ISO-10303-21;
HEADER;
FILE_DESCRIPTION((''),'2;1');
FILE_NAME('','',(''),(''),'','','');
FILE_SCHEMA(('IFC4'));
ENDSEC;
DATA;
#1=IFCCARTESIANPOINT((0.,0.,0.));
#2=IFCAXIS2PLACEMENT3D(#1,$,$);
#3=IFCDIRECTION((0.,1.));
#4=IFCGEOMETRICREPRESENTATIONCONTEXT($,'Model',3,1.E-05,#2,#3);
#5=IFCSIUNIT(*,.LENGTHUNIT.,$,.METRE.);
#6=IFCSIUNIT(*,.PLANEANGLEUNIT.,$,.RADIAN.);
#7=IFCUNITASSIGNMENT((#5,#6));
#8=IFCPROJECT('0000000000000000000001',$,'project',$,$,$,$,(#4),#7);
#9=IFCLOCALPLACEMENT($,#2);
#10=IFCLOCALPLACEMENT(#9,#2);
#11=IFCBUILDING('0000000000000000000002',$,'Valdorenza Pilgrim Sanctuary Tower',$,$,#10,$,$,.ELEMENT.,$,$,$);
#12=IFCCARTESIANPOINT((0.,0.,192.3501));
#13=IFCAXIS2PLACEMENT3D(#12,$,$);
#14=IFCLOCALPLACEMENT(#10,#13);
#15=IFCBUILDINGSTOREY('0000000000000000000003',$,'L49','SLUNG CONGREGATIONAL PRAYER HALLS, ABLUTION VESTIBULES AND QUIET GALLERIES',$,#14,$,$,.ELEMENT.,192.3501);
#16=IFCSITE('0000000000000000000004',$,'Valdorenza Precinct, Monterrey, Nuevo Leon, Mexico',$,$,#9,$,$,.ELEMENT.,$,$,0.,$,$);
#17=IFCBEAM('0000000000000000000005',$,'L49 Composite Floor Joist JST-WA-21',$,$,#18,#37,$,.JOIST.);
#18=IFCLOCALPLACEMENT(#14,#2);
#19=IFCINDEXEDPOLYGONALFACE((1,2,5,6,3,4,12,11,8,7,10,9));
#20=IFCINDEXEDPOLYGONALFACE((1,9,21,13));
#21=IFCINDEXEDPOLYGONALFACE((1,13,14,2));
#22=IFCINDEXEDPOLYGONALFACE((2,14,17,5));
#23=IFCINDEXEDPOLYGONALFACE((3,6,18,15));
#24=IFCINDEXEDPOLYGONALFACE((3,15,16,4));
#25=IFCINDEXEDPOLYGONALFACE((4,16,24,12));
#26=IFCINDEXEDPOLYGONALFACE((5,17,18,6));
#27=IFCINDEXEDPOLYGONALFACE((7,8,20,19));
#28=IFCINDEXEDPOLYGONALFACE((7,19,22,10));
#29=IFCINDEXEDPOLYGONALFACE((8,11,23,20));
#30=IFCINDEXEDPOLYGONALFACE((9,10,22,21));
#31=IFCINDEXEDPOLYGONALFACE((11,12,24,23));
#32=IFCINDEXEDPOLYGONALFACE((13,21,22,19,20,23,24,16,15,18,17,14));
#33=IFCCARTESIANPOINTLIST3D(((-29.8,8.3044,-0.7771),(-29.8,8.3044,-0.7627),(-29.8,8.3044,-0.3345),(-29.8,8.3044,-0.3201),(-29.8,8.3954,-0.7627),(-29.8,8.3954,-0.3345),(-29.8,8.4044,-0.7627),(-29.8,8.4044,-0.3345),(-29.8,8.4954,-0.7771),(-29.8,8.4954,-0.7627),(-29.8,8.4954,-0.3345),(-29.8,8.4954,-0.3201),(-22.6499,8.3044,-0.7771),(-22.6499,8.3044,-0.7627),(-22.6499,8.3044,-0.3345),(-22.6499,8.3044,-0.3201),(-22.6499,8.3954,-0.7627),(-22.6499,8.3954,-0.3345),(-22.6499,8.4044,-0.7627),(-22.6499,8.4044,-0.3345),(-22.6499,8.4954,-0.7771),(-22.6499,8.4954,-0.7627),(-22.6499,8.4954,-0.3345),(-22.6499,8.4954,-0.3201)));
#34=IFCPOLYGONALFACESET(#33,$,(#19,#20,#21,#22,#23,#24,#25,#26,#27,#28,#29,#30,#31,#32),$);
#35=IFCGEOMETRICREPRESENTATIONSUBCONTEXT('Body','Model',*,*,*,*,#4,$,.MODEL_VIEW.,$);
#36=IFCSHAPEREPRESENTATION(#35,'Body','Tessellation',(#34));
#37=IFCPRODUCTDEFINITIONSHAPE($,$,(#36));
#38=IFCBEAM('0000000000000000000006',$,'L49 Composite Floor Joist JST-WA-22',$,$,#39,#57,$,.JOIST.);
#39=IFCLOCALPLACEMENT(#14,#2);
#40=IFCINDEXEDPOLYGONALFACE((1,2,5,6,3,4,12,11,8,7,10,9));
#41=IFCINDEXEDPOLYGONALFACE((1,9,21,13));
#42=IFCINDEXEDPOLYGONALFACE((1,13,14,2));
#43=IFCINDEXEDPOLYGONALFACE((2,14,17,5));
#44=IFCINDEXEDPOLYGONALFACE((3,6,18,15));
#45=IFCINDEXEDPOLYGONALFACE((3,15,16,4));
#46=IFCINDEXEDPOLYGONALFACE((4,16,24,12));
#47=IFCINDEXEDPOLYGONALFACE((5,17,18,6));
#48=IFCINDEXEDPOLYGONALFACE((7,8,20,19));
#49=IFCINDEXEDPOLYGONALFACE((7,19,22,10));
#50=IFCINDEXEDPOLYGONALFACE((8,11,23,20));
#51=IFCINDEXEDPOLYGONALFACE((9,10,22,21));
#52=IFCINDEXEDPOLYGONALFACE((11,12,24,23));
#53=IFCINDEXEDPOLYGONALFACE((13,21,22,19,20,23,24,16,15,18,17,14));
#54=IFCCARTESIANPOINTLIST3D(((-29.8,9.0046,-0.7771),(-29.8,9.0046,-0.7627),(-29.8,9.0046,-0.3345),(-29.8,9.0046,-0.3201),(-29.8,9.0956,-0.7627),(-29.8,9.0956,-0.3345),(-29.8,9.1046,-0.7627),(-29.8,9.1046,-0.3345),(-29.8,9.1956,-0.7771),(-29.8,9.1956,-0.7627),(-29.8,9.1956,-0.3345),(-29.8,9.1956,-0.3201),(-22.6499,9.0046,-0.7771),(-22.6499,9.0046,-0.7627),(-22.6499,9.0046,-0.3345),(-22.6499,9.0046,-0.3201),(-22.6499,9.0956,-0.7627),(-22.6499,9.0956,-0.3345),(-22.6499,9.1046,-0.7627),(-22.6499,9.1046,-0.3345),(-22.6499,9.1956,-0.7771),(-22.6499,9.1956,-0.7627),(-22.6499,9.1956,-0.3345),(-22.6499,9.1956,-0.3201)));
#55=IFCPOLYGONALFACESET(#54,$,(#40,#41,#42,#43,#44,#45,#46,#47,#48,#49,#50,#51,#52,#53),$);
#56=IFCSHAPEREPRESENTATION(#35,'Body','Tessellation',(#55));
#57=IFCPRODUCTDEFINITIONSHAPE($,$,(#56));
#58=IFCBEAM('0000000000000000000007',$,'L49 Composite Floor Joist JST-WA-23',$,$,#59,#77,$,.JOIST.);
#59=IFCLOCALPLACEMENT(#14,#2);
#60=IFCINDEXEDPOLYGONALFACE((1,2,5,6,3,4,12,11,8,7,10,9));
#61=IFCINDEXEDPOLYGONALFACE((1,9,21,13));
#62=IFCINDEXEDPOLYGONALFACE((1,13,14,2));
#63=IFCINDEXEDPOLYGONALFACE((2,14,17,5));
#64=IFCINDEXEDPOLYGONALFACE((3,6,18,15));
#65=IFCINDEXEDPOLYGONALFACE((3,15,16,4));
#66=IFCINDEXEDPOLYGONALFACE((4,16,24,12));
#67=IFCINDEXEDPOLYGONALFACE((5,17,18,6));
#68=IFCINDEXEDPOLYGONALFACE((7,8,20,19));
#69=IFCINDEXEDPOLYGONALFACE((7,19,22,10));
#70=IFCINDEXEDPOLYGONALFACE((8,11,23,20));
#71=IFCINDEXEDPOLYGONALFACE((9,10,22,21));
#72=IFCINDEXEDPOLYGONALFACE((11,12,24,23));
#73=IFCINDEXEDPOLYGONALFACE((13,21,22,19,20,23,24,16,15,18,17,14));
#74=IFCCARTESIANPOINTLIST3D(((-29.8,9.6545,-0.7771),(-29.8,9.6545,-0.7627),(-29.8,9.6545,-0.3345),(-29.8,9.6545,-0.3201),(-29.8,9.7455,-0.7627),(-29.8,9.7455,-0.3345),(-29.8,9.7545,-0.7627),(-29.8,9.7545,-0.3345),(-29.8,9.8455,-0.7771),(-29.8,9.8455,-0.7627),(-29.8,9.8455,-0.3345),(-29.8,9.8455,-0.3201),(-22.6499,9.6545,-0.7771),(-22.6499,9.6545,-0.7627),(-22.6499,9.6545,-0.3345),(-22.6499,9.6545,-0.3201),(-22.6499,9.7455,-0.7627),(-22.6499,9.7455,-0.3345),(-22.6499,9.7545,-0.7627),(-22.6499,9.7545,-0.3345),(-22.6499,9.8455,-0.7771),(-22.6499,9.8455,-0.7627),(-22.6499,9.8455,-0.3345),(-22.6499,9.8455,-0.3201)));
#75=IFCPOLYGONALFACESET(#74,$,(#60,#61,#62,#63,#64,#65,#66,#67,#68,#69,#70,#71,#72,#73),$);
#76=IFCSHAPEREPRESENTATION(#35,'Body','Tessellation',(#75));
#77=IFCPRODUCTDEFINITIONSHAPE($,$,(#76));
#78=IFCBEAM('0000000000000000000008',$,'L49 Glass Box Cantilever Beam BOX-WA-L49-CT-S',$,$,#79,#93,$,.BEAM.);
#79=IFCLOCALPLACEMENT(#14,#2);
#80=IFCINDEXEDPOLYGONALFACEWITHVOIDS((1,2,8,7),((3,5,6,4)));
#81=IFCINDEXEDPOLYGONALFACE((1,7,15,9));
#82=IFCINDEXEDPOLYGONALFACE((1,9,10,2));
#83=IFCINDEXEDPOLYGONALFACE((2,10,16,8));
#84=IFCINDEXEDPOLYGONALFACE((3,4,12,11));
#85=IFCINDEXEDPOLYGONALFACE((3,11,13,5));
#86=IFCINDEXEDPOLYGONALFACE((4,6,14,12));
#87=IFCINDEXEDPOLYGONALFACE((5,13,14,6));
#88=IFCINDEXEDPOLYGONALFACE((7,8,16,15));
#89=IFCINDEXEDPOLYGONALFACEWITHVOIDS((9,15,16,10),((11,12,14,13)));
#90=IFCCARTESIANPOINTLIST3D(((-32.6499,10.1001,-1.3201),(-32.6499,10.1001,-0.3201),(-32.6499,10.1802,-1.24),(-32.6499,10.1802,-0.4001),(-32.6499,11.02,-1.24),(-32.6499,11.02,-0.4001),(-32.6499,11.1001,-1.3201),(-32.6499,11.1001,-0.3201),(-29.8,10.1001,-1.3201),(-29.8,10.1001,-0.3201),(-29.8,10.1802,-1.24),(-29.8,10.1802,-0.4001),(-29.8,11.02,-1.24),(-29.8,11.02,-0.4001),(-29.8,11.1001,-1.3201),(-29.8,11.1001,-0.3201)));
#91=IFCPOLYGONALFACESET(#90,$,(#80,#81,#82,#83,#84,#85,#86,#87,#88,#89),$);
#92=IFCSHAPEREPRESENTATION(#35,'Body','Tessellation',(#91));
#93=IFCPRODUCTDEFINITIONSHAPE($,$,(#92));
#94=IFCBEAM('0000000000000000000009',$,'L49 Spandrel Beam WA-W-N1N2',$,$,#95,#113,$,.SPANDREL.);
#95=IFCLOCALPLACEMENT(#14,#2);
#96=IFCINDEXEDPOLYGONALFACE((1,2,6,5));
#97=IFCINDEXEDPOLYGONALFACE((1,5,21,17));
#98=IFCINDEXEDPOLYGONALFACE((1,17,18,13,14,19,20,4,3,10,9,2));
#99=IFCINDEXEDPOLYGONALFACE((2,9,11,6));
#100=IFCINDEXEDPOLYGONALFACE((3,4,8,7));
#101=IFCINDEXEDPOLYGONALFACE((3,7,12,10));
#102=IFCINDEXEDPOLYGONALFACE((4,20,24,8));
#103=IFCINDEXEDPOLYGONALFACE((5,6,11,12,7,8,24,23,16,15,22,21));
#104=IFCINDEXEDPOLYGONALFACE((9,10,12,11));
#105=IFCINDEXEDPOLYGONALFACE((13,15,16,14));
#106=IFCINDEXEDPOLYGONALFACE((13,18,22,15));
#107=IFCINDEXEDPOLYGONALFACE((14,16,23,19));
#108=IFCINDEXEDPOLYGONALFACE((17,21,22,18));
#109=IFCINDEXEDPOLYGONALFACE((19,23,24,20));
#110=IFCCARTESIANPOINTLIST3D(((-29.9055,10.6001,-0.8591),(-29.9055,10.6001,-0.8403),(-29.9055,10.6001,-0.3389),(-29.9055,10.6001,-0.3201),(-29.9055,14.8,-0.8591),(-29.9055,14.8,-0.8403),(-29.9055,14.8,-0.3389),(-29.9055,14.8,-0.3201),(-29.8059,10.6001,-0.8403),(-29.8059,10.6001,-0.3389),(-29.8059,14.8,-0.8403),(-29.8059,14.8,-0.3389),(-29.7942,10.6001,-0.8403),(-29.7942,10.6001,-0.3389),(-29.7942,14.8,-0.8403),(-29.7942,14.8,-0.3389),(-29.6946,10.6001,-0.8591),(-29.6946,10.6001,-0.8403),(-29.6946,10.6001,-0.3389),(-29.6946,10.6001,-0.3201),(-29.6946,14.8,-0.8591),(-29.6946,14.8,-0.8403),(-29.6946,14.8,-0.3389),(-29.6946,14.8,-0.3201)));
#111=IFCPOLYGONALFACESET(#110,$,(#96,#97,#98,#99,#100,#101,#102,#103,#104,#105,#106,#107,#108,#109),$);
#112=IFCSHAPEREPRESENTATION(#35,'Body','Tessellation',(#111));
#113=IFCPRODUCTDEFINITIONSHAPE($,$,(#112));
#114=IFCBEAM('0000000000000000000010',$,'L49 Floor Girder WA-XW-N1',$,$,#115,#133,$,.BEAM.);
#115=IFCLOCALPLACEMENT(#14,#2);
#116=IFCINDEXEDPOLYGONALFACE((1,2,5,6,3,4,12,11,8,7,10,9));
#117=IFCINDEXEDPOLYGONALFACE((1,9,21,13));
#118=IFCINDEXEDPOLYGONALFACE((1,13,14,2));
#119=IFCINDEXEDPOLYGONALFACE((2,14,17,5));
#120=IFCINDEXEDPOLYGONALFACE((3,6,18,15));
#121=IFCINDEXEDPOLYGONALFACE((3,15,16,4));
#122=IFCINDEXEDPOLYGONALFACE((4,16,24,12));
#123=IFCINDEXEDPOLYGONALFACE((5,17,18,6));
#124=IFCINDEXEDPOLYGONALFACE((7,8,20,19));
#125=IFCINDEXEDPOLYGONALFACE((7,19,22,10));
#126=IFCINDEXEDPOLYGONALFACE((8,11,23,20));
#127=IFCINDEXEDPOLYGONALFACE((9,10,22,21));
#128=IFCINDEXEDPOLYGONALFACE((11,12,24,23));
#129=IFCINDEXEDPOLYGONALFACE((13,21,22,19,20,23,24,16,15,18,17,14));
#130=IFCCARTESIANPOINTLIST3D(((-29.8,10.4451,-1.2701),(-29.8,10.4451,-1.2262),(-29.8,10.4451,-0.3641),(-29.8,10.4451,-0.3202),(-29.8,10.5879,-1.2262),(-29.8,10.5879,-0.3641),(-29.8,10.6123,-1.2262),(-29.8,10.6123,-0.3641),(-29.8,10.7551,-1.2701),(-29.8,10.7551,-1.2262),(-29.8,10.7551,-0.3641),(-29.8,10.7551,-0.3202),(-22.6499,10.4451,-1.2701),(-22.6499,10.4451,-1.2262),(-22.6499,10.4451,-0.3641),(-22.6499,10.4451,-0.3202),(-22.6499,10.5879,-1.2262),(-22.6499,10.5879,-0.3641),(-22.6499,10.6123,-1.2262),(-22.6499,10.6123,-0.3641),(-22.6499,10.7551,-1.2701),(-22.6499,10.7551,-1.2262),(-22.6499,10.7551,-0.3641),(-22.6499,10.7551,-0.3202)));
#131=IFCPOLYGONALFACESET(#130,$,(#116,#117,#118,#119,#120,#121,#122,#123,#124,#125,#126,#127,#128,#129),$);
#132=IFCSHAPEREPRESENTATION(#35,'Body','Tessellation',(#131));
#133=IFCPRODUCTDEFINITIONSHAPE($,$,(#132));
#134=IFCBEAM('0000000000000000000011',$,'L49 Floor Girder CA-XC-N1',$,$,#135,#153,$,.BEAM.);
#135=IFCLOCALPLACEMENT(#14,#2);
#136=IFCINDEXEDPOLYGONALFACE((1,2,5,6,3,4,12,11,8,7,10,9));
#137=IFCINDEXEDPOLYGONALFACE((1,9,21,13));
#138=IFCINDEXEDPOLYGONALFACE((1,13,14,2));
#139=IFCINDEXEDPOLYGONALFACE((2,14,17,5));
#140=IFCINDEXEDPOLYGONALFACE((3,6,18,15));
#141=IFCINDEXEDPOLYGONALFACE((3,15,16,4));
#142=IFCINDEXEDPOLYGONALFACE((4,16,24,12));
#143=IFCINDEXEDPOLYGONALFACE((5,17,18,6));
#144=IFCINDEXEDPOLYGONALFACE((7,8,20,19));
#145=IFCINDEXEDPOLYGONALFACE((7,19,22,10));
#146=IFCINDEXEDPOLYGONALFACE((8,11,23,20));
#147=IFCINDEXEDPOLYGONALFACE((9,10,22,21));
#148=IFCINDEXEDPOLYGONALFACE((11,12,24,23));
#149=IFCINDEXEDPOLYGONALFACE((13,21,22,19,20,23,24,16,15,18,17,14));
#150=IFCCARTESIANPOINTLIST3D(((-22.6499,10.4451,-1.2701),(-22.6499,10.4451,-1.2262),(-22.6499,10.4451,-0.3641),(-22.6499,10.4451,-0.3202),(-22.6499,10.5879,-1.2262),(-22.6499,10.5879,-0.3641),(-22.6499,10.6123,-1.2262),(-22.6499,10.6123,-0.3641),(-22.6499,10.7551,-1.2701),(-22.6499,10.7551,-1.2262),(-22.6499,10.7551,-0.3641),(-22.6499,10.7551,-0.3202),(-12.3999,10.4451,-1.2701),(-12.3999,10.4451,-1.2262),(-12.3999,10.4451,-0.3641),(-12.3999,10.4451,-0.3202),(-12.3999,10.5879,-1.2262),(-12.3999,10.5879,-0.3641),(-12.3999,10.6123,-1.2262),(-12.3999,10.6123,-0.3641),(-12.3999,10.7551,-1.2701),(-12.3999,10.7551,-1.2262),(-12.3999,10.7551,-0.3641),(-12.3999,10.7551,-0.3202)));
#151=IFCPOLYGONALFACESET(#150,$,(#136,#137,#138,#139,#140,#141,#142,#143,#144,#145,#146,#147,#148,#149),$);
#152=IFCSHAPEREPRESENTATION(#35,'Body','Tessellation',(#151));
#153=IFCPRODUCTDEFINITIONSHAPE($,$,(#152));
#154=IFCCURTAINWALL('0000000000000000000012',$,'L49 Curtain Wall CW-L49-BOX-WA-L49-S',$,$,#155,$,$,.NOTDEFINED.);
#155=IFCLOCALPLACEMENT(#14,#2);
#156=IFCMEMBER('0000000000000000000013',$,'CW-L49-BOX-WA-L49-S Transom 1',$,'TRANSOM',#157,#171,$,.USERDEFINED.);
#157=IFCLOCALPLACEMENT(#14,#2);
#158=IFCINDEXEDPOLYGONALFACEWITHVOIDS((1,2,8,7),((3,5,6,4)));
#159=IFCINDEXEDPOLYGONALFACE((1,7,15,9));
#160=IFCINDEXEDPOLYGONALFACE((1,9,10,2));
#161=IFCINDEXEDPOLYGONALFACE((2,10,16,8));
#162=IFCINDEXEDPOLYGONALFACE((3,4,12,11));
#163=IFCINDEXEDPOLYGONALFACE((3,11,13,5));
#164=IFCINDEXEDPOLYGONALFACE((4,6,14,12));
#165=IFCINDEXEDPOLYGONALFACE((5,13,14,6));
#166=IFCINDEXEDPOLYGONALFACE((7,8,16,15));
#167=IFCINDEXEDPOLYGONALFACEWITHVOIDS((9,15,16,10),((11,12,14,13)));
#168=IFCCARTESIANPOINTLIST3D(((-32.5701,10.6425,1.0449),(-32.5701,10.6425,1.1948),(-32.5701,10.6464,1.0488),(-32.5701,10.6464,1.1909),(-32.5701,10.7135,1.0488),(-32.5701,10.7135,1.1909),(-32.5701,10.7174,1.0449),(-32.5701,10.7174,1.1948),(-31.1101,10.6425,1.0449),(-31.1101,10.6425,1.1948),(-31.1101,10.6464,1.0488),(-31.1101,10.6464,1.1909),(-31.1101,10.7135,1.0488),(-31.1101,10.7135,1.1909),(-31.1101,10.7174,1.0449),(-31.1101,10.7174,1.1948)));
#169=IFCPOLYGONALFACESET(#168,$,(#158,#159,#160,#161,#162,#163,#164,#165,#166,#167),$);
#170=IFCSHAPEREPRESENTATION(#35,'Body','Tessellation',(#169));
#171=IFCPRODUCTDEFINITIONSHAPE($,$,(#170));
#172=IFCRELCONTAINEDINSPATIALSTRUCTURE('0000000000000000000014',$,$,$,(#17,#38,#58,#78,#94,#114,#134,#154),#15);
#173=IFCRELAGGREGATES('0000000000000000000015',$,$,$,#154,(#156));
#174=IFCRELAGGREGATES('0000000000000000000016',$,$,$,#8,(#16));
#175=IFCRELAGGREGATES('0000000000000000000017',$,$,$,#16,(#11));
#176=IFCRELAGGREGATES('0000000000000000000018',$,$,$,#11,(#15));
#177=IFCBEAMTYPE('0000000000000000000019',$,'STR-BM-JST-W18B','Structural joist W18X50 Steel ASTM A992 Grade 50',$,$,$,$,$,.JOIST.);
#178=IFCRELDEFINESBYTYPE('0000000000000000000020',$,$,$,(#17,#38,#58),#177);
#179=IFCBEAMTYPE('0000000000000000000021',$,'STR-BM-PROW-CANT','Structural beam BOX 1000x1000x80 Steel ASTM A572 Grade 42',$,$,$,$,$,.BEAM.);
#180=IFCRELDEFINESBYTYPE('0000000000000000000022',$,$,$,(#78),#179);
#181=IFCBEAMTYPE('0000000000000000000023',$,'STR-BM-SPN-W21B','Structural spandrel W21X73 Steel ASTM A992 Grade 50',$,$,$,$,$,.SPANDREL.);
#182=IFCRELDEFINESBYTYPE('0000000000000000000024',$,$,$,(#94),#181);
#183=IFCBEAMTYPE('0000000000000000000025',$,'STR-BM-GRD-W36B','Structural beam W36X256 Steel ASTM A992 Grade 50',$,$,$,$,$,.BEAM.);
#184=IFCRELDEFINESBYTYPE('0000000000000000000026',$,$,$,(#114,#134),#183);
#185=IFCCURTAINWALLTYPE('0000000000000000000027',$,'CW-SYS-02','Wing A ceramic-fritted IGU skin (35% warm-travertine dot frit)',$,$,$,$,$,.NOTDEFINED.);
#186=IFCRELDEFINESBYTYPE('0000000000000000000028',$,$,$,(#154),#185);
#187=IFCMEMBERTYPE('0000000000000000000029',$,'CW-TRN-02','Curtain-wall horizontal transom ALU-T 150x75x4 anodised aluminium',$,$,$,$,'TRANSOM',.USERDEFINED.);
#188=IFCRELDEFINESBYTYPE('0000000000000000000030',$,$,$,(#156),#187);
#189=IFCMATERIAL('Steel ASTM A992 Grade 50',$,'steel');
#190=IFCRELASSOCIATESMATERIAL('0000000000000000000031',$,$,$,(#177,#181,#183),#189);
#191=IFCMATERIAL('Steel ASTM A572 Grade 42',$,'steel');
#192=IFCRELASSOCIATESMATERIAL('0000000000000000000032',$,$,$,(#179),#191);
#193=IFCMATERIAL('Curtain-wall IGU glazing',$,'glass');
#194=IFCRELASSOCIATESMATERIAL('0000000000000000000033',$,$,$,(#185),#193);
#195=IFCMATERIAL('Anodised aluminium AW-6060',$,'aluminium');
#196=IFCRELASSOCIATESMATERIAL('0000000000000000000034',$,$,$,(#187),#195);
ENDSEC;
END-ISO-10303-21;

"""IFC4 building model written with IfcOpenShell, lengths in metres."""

from ifc_helpers import new_model, si_unit, direction, frame, origin, origin_2d, place, context, subcontext, project, spatial, hollow_rectangle, i_section, extrude, source, transform, mapped, material, material_profile, profile_set, type_object, element, aggregate, save


model = new_model("IFC4")

# Units and contexts
model_context = context("Model", 3, precision=1e-05, world=origin(), true_north=direction((0.0, 1.0)))
body_context = subcontext(model_context, "Body", "Model", "MODEL_VIEW")
ifc_project = project(units=[si_unit("LENGTHUNIT", "METRE"), si_unit("PLANEANGLEUNIT", "RADIAN")], contexts=[model_context])

# Site, building, storey
site_placement = place(None, origin())
site = spatial("IfcSite", under=ifc_project, at=site_placement, Name="Valdorenza Precinct, Monterrey, Nuevo Leon, Mexico", CompositionType="ELEMENT", RefElevation=0.0)
building_placement = place(site_placement, origin())
building = spatial("IfcBuilding", under=site, at=building_placement, Name="Valdorenza Pilgrim Sanctuary Tower", CompositionType="ELEMENT")
storey_placement = place(building_placement, frame((0.0, 0.0, 192.3501)))
storey = spatial("IfcBuildingStorey", under=building, at=storey_placement, Name="L49", Description="SLUNG CONGREGATIONAL PRAYER HALLS, ABLUTION VESTIBULES AND QUIET GALLERIES", CompositionType="ELEMENT", Elevation=192.3501)

# Beams
ifc_material_1 = material(Name="Steel ASTM A992 Grade 50", Category="steel")
ifc_material_profile_1 = material_profile(ifc_material_1, i_section(OverallWidth=0.1909, OverallDepth=0.457, WebThickness=0.009, FlangeThickness=0.0144, at=origin_2d()), Name="W18X50")
ifc_profile_set_1 = profile_set([ifc_material_profile_1], Name="Steel ASTM A992 Grade 50")
beam_type_1 = type_object("IfcBeamType", Name="STR-BM-JST-W18B", Description="Structural joist W18X50 Steel ASTM A992 Grade 50", PredefinedType="JOIST", material=ifc_profile_set_1)
shared_shape_1 = source(origin(), body_context, "Body", "SweptSolid", [
    extrude(i_section(OverallWidth=0.1909, OverallDepth=0.457, WebThickness=0.009, FlangeThickness=0.0144, at=origin_2d()), origin(), (0.0, 0.0, 1.0), 7.1501),
])
for number, where, z_axis, x_axis, name in (
    (1, (-29.8, 8.3999, -0.5486), (1.0, 0.0, 0.0), (0.0, 1.0, 0.0), "L49 Composite Floor Joist JST-WA-21"),
    (2, (-29.8, 9.1001, -0.5486), (1.0, 0.0, 0.0), (0.0, 1.0, 0.0), "L49 Composite Floor Joist JST-WA-22"),
    (3, (-29.8, 9.75, -0.5486), (1.0, 0.0, 0.0), (0.0, 1.0, 0.0), "L49 Composite Floor Joist JST-WA-23"),
):
    element("IfcBeam", number, at=place(storey_placement, frame(where, z_axis=z_axis, x_axis=x_axis)), inside=storey, type_object=beam_type_1, Name=name, PredefinedType="JOIST", context=body_context, shape_type="MappedRepresentation", body=[
        mapped(shared_shape_1, transform((0.0, 0.0, 0.0), x_axis=(1.0, 0.0, 0.0), y_axis=(0.0, 1.0, 0.0), z_axis=(0.0, 0.0, 1.0), scale=1.0)),
    ])
ifc_material_2 = material(Name="Steel ASTM A572 Grade 42", Category="steel")
ifc_material_profile_2 = material_profile(ifc_material_2, hollow_rectangle(XDim=1.0, YDim=1.0, WallThickness=0.0801, at=origin_2d()), Name="BOX 1000x1000x80")
ifc_profile_set_2 = profile_set([ifc_material_profile_2], Name="Steel ASTM A572 Grade 42")
beam_type_2 = type_object("IfcBeamType", Name="STR-BM-PROW-CANT", Description="Structural beam BOX 1000x1000x80 Steel ASTM A572 Grade 42", PredefinedType="BEAM", material=ifc_profile_set_2)
shared_shape_2 = source(origin(), body_context, "Body", "SweptSolid", [
    extrude(hollow_rectangle(XDim=1.0, YDim=1.0, WallThickness=0.0801, at=origin_2d()), origin(), (0.0, 0.0, 1.0), 2.8499),
])
beam_1_placement = place(storey_placement, frame((-29.8, 10.6001, -0.8201), z_axis=(-1.0, 0.0, 0.0), x_axis=(0.0, -1.0, 0.0)))
element("IfcBeam", 4, at=beam_1_placement, inside=storey, type_object=beam_type_2, Name="L49 Glass Box Cantilever Beam BOX-WA-L49-CT-S", PredefinedType="BEAM", context=body_context, shape_type="MappedRepresentation", body=[
    mapped(shared_shape_2, transform((0.0, 0.0, 0.0), x_axis=(1.0, 0.0, 0.0), y_axis=(0.0, 1.0, 0.0), z_axis=(0.0, 0.0, 1.0), scale=1.0)),
])
ifc_material_profile_3 = material_profile(ifc_material_1, i_section(OverallWidth=0.2109, OverallDepth=0.5391, WebThickness=0.0117, FlangeThickness=0.0188, at=origin_2d()), Name="W21X73")
ifc_profile_set_3 = profile_set([ifc_material_profile_3], Name="Steel ASTM A992 Grade 50")
beam_type_3 = type_object("IfcBeamType", Name="STR-BM-SPN-W21B", Description="Structural spandrel W21X73 Steel ASTM A992 Grade 50", PredefinedType="SPANDREL", material=ifc_profile_set_3)
shared_shape_3 = source(origin(), body_context, "Body", "SweptSolid", [
    extrude(i_section(OverallWidth=0.2109, OverallDepth=0.5391, WebThickness=0.0117, FlangeThickness=0.0188, at=origin_2d()), origin(), (0.0, 0.0, 1.0), 4.2),
])
beam_2_placement = place(storey_placement, frame((-29.8, 10.6001, -0.5896), z_axis=(0.0, 1.0, 0.0), x_axis=(-1.0, 0.0, 0.0)))
element("IfcBeam", 5, at=beam_2_placement, inside=storey, type_object=beam_type_3, Name="L49 Spandrel Beam WA-W-N1N2", PredefinedType="SPANDREL", context=body_context, shape_type="MappedRepresentation", body=[
    mapped(shared_shape_3, transform((0.0, 0.0, 0.0), x_axis=(1.0, 0.0, 0.0), y_axis=(0.0, 1.0, 0.0), z_axis=(0.0, 0.0, 1.0), scale=1.0)),
])
ifc_material_profile_4 = material_profile(ifc_material_1, i_section(OverallWidth=0.3101, OverallDepth=0.95, WebThickness=0.0244, FlangeThickness=0.0439, at=origin_2d()), Name="W36X256")
ifc_profile_set_4 = profile_set([ifc_material_profile_4], Name="Steel ASTM A992 Grade 50")
beam_type_4 = type_object("IfcBeamType", Name="STR-BM-GRD-W36B", Description="Structural beam W36X256 Steel ASTM A992 Grade 50", PredefinedType="BEAM", material=ifc_profile_set_4)
shared_shape_4 = source(origin(), body_context, "Body", "SweptSolid", [
    extrude(i_section(OverallWidth=0.3101, OverallDepth=0.95, WebThickness=0.0244, FlangeThickness=0.0439, at=origin_2d()), origin(), (0.0, 0.0, 1.0), 7.1501),
])
beam_3_placement = place(storey_placement, frame((-29.8, 10.6001, -0.7952), z_axis=(1.0, 0.0, 0.0), x_axis=(0.0, 1.0, 0.0)))
element("IfcBeam", 6, at=beam_3_placement, inside=storey, type_object=beam_type_4, Name="L49 Floor Girder WA-XW-N1", PredefinedType="BEAM", context=body_context, shape_type="MappedRepresentation", body=[
    mapped(shared_shape_4, transform((0.0, 0.0, 0.0), x_axis=(1.0, 0.0, 0.0), y_axis=(0.0, 1.0, 0.0), z_axis=(0.0, 0.0, 1.0), scale=1.0)),
])
shared_shape_5 = source(origin(), body_context, "Body", "SweptSolid", [
    extrude(i_section(OverallWidth=0.3101, OverallDepth=0.95, WebThickness=0.0244, FlangeThickness=0.0439, at=origin_2d()), origin(), (0.0, 0.0, 1.0), 10.25),
])
beam_4_placement = place(storey_placement, frame((-22.6499, 10.6001, -0.7952), z_axis=(1.0, 0.0, 0.0), x_axis=(0.0, 1.0, 0.0)))
element("IfcBeam", 7, at=beam_4_placement, inside=storey, type_object=beam_type_4, Name="L49 Floor Girder CA-XC-N1", PredefinedType="BEAM", context=body_context, shape_type="MappedRepresentation", body=[
    mapped(shared_shape_5, transform((0.0, 0.0, 0.0), x_axis=(1.0, 0.0, 0.0), y_axis=(0.0, 1.0, 0.0), z_axis=(0.0, 0.0, 1.0), scale=1.0)),
])

# Curtain wall, member
ifc_material_3 = material(Name="Curtain-wall IGU glazing", Category="glass")
curtain_wall_type = type_object("IfcCurtainWallType", Name="CW-SYS-02", Description="Wing A ceramic-fritted IGU skin (35% warm-travertine dot frit)", PredefinedType="NOTDEFINED", material=ifc_material_3)
curtain_wall_1_placement = place(storey_placement, origin())
curtain_wall_1 = element("IfcCurtainWall", 8, at=curtain_wall_1_placement, inside=storey, type_object=curtain_wall_type, Name="L49 Curtain Wall CW-L49-BOX-WA-L49-S", PredefinedType="NOTDEFINED")
ifc_material_4 = material(Name="Anodised aluminium AW-6060", Category="aluminium")
ifc_material_profile_5 = material_profile(ifc_material_4, hollow_rectangle(XDim=0.075, YDim=0.1499, WallThickness=0.0039, at=origin_2d()), Name="ALU-T 150x75x4")
ifc_profile_set_5 = profile_set([ifc_material_profile_5], Name="Anodised aluminium AW-6060")
member_type_1 = type_object("IfcMemberType", Name="CW-TRN-02", Description="Curtain-wall horizontal transom ALU-T 150x75x4 anodised aluminium", ElementType="TRANSOM", PredefinedType="USERDEFINED", material=ifc_profile_set_5)
shared_shape_6 = source(origin(), body_context, "Body", "SweptSolid", [
    extrude(hollow_rectangle(XDim=0.075, YDim=0.1499, WallThickness=0.0039, at=origin_2d()), origin(), (0.0, 0.0, 1.0), 1.46),
])
member_1_placement = place(storey_placement, frame((-31.1101, 10.6799, 1.1199), z_axis=(-1.0, 0.0, 0.0), x_axis=(0.0, -1.0, 0.0)))
member_1 = element("IfcMember", 9, at=member_1_placement, type_object=member_type_1, Name="CW-L49-BOX-WA-L49-S Transom 1", ObjectType="TRANSOM", PredefinedType="USERDEFINED", context=body_context, shape_type="MappedRepresentation", body=[
    mapped(shared_shape_6, transform((0.0, 0.0, 0.0), x_axis=(1.0, 0.0, 0.0), y_axis=(0.0, 1.0, 0.0), z_axis=(0.0, 0.0, 1.0), scale=1.0)),
])

aggregate(curtain_wall_1, [member_1])

save(model, "model.ifc")
